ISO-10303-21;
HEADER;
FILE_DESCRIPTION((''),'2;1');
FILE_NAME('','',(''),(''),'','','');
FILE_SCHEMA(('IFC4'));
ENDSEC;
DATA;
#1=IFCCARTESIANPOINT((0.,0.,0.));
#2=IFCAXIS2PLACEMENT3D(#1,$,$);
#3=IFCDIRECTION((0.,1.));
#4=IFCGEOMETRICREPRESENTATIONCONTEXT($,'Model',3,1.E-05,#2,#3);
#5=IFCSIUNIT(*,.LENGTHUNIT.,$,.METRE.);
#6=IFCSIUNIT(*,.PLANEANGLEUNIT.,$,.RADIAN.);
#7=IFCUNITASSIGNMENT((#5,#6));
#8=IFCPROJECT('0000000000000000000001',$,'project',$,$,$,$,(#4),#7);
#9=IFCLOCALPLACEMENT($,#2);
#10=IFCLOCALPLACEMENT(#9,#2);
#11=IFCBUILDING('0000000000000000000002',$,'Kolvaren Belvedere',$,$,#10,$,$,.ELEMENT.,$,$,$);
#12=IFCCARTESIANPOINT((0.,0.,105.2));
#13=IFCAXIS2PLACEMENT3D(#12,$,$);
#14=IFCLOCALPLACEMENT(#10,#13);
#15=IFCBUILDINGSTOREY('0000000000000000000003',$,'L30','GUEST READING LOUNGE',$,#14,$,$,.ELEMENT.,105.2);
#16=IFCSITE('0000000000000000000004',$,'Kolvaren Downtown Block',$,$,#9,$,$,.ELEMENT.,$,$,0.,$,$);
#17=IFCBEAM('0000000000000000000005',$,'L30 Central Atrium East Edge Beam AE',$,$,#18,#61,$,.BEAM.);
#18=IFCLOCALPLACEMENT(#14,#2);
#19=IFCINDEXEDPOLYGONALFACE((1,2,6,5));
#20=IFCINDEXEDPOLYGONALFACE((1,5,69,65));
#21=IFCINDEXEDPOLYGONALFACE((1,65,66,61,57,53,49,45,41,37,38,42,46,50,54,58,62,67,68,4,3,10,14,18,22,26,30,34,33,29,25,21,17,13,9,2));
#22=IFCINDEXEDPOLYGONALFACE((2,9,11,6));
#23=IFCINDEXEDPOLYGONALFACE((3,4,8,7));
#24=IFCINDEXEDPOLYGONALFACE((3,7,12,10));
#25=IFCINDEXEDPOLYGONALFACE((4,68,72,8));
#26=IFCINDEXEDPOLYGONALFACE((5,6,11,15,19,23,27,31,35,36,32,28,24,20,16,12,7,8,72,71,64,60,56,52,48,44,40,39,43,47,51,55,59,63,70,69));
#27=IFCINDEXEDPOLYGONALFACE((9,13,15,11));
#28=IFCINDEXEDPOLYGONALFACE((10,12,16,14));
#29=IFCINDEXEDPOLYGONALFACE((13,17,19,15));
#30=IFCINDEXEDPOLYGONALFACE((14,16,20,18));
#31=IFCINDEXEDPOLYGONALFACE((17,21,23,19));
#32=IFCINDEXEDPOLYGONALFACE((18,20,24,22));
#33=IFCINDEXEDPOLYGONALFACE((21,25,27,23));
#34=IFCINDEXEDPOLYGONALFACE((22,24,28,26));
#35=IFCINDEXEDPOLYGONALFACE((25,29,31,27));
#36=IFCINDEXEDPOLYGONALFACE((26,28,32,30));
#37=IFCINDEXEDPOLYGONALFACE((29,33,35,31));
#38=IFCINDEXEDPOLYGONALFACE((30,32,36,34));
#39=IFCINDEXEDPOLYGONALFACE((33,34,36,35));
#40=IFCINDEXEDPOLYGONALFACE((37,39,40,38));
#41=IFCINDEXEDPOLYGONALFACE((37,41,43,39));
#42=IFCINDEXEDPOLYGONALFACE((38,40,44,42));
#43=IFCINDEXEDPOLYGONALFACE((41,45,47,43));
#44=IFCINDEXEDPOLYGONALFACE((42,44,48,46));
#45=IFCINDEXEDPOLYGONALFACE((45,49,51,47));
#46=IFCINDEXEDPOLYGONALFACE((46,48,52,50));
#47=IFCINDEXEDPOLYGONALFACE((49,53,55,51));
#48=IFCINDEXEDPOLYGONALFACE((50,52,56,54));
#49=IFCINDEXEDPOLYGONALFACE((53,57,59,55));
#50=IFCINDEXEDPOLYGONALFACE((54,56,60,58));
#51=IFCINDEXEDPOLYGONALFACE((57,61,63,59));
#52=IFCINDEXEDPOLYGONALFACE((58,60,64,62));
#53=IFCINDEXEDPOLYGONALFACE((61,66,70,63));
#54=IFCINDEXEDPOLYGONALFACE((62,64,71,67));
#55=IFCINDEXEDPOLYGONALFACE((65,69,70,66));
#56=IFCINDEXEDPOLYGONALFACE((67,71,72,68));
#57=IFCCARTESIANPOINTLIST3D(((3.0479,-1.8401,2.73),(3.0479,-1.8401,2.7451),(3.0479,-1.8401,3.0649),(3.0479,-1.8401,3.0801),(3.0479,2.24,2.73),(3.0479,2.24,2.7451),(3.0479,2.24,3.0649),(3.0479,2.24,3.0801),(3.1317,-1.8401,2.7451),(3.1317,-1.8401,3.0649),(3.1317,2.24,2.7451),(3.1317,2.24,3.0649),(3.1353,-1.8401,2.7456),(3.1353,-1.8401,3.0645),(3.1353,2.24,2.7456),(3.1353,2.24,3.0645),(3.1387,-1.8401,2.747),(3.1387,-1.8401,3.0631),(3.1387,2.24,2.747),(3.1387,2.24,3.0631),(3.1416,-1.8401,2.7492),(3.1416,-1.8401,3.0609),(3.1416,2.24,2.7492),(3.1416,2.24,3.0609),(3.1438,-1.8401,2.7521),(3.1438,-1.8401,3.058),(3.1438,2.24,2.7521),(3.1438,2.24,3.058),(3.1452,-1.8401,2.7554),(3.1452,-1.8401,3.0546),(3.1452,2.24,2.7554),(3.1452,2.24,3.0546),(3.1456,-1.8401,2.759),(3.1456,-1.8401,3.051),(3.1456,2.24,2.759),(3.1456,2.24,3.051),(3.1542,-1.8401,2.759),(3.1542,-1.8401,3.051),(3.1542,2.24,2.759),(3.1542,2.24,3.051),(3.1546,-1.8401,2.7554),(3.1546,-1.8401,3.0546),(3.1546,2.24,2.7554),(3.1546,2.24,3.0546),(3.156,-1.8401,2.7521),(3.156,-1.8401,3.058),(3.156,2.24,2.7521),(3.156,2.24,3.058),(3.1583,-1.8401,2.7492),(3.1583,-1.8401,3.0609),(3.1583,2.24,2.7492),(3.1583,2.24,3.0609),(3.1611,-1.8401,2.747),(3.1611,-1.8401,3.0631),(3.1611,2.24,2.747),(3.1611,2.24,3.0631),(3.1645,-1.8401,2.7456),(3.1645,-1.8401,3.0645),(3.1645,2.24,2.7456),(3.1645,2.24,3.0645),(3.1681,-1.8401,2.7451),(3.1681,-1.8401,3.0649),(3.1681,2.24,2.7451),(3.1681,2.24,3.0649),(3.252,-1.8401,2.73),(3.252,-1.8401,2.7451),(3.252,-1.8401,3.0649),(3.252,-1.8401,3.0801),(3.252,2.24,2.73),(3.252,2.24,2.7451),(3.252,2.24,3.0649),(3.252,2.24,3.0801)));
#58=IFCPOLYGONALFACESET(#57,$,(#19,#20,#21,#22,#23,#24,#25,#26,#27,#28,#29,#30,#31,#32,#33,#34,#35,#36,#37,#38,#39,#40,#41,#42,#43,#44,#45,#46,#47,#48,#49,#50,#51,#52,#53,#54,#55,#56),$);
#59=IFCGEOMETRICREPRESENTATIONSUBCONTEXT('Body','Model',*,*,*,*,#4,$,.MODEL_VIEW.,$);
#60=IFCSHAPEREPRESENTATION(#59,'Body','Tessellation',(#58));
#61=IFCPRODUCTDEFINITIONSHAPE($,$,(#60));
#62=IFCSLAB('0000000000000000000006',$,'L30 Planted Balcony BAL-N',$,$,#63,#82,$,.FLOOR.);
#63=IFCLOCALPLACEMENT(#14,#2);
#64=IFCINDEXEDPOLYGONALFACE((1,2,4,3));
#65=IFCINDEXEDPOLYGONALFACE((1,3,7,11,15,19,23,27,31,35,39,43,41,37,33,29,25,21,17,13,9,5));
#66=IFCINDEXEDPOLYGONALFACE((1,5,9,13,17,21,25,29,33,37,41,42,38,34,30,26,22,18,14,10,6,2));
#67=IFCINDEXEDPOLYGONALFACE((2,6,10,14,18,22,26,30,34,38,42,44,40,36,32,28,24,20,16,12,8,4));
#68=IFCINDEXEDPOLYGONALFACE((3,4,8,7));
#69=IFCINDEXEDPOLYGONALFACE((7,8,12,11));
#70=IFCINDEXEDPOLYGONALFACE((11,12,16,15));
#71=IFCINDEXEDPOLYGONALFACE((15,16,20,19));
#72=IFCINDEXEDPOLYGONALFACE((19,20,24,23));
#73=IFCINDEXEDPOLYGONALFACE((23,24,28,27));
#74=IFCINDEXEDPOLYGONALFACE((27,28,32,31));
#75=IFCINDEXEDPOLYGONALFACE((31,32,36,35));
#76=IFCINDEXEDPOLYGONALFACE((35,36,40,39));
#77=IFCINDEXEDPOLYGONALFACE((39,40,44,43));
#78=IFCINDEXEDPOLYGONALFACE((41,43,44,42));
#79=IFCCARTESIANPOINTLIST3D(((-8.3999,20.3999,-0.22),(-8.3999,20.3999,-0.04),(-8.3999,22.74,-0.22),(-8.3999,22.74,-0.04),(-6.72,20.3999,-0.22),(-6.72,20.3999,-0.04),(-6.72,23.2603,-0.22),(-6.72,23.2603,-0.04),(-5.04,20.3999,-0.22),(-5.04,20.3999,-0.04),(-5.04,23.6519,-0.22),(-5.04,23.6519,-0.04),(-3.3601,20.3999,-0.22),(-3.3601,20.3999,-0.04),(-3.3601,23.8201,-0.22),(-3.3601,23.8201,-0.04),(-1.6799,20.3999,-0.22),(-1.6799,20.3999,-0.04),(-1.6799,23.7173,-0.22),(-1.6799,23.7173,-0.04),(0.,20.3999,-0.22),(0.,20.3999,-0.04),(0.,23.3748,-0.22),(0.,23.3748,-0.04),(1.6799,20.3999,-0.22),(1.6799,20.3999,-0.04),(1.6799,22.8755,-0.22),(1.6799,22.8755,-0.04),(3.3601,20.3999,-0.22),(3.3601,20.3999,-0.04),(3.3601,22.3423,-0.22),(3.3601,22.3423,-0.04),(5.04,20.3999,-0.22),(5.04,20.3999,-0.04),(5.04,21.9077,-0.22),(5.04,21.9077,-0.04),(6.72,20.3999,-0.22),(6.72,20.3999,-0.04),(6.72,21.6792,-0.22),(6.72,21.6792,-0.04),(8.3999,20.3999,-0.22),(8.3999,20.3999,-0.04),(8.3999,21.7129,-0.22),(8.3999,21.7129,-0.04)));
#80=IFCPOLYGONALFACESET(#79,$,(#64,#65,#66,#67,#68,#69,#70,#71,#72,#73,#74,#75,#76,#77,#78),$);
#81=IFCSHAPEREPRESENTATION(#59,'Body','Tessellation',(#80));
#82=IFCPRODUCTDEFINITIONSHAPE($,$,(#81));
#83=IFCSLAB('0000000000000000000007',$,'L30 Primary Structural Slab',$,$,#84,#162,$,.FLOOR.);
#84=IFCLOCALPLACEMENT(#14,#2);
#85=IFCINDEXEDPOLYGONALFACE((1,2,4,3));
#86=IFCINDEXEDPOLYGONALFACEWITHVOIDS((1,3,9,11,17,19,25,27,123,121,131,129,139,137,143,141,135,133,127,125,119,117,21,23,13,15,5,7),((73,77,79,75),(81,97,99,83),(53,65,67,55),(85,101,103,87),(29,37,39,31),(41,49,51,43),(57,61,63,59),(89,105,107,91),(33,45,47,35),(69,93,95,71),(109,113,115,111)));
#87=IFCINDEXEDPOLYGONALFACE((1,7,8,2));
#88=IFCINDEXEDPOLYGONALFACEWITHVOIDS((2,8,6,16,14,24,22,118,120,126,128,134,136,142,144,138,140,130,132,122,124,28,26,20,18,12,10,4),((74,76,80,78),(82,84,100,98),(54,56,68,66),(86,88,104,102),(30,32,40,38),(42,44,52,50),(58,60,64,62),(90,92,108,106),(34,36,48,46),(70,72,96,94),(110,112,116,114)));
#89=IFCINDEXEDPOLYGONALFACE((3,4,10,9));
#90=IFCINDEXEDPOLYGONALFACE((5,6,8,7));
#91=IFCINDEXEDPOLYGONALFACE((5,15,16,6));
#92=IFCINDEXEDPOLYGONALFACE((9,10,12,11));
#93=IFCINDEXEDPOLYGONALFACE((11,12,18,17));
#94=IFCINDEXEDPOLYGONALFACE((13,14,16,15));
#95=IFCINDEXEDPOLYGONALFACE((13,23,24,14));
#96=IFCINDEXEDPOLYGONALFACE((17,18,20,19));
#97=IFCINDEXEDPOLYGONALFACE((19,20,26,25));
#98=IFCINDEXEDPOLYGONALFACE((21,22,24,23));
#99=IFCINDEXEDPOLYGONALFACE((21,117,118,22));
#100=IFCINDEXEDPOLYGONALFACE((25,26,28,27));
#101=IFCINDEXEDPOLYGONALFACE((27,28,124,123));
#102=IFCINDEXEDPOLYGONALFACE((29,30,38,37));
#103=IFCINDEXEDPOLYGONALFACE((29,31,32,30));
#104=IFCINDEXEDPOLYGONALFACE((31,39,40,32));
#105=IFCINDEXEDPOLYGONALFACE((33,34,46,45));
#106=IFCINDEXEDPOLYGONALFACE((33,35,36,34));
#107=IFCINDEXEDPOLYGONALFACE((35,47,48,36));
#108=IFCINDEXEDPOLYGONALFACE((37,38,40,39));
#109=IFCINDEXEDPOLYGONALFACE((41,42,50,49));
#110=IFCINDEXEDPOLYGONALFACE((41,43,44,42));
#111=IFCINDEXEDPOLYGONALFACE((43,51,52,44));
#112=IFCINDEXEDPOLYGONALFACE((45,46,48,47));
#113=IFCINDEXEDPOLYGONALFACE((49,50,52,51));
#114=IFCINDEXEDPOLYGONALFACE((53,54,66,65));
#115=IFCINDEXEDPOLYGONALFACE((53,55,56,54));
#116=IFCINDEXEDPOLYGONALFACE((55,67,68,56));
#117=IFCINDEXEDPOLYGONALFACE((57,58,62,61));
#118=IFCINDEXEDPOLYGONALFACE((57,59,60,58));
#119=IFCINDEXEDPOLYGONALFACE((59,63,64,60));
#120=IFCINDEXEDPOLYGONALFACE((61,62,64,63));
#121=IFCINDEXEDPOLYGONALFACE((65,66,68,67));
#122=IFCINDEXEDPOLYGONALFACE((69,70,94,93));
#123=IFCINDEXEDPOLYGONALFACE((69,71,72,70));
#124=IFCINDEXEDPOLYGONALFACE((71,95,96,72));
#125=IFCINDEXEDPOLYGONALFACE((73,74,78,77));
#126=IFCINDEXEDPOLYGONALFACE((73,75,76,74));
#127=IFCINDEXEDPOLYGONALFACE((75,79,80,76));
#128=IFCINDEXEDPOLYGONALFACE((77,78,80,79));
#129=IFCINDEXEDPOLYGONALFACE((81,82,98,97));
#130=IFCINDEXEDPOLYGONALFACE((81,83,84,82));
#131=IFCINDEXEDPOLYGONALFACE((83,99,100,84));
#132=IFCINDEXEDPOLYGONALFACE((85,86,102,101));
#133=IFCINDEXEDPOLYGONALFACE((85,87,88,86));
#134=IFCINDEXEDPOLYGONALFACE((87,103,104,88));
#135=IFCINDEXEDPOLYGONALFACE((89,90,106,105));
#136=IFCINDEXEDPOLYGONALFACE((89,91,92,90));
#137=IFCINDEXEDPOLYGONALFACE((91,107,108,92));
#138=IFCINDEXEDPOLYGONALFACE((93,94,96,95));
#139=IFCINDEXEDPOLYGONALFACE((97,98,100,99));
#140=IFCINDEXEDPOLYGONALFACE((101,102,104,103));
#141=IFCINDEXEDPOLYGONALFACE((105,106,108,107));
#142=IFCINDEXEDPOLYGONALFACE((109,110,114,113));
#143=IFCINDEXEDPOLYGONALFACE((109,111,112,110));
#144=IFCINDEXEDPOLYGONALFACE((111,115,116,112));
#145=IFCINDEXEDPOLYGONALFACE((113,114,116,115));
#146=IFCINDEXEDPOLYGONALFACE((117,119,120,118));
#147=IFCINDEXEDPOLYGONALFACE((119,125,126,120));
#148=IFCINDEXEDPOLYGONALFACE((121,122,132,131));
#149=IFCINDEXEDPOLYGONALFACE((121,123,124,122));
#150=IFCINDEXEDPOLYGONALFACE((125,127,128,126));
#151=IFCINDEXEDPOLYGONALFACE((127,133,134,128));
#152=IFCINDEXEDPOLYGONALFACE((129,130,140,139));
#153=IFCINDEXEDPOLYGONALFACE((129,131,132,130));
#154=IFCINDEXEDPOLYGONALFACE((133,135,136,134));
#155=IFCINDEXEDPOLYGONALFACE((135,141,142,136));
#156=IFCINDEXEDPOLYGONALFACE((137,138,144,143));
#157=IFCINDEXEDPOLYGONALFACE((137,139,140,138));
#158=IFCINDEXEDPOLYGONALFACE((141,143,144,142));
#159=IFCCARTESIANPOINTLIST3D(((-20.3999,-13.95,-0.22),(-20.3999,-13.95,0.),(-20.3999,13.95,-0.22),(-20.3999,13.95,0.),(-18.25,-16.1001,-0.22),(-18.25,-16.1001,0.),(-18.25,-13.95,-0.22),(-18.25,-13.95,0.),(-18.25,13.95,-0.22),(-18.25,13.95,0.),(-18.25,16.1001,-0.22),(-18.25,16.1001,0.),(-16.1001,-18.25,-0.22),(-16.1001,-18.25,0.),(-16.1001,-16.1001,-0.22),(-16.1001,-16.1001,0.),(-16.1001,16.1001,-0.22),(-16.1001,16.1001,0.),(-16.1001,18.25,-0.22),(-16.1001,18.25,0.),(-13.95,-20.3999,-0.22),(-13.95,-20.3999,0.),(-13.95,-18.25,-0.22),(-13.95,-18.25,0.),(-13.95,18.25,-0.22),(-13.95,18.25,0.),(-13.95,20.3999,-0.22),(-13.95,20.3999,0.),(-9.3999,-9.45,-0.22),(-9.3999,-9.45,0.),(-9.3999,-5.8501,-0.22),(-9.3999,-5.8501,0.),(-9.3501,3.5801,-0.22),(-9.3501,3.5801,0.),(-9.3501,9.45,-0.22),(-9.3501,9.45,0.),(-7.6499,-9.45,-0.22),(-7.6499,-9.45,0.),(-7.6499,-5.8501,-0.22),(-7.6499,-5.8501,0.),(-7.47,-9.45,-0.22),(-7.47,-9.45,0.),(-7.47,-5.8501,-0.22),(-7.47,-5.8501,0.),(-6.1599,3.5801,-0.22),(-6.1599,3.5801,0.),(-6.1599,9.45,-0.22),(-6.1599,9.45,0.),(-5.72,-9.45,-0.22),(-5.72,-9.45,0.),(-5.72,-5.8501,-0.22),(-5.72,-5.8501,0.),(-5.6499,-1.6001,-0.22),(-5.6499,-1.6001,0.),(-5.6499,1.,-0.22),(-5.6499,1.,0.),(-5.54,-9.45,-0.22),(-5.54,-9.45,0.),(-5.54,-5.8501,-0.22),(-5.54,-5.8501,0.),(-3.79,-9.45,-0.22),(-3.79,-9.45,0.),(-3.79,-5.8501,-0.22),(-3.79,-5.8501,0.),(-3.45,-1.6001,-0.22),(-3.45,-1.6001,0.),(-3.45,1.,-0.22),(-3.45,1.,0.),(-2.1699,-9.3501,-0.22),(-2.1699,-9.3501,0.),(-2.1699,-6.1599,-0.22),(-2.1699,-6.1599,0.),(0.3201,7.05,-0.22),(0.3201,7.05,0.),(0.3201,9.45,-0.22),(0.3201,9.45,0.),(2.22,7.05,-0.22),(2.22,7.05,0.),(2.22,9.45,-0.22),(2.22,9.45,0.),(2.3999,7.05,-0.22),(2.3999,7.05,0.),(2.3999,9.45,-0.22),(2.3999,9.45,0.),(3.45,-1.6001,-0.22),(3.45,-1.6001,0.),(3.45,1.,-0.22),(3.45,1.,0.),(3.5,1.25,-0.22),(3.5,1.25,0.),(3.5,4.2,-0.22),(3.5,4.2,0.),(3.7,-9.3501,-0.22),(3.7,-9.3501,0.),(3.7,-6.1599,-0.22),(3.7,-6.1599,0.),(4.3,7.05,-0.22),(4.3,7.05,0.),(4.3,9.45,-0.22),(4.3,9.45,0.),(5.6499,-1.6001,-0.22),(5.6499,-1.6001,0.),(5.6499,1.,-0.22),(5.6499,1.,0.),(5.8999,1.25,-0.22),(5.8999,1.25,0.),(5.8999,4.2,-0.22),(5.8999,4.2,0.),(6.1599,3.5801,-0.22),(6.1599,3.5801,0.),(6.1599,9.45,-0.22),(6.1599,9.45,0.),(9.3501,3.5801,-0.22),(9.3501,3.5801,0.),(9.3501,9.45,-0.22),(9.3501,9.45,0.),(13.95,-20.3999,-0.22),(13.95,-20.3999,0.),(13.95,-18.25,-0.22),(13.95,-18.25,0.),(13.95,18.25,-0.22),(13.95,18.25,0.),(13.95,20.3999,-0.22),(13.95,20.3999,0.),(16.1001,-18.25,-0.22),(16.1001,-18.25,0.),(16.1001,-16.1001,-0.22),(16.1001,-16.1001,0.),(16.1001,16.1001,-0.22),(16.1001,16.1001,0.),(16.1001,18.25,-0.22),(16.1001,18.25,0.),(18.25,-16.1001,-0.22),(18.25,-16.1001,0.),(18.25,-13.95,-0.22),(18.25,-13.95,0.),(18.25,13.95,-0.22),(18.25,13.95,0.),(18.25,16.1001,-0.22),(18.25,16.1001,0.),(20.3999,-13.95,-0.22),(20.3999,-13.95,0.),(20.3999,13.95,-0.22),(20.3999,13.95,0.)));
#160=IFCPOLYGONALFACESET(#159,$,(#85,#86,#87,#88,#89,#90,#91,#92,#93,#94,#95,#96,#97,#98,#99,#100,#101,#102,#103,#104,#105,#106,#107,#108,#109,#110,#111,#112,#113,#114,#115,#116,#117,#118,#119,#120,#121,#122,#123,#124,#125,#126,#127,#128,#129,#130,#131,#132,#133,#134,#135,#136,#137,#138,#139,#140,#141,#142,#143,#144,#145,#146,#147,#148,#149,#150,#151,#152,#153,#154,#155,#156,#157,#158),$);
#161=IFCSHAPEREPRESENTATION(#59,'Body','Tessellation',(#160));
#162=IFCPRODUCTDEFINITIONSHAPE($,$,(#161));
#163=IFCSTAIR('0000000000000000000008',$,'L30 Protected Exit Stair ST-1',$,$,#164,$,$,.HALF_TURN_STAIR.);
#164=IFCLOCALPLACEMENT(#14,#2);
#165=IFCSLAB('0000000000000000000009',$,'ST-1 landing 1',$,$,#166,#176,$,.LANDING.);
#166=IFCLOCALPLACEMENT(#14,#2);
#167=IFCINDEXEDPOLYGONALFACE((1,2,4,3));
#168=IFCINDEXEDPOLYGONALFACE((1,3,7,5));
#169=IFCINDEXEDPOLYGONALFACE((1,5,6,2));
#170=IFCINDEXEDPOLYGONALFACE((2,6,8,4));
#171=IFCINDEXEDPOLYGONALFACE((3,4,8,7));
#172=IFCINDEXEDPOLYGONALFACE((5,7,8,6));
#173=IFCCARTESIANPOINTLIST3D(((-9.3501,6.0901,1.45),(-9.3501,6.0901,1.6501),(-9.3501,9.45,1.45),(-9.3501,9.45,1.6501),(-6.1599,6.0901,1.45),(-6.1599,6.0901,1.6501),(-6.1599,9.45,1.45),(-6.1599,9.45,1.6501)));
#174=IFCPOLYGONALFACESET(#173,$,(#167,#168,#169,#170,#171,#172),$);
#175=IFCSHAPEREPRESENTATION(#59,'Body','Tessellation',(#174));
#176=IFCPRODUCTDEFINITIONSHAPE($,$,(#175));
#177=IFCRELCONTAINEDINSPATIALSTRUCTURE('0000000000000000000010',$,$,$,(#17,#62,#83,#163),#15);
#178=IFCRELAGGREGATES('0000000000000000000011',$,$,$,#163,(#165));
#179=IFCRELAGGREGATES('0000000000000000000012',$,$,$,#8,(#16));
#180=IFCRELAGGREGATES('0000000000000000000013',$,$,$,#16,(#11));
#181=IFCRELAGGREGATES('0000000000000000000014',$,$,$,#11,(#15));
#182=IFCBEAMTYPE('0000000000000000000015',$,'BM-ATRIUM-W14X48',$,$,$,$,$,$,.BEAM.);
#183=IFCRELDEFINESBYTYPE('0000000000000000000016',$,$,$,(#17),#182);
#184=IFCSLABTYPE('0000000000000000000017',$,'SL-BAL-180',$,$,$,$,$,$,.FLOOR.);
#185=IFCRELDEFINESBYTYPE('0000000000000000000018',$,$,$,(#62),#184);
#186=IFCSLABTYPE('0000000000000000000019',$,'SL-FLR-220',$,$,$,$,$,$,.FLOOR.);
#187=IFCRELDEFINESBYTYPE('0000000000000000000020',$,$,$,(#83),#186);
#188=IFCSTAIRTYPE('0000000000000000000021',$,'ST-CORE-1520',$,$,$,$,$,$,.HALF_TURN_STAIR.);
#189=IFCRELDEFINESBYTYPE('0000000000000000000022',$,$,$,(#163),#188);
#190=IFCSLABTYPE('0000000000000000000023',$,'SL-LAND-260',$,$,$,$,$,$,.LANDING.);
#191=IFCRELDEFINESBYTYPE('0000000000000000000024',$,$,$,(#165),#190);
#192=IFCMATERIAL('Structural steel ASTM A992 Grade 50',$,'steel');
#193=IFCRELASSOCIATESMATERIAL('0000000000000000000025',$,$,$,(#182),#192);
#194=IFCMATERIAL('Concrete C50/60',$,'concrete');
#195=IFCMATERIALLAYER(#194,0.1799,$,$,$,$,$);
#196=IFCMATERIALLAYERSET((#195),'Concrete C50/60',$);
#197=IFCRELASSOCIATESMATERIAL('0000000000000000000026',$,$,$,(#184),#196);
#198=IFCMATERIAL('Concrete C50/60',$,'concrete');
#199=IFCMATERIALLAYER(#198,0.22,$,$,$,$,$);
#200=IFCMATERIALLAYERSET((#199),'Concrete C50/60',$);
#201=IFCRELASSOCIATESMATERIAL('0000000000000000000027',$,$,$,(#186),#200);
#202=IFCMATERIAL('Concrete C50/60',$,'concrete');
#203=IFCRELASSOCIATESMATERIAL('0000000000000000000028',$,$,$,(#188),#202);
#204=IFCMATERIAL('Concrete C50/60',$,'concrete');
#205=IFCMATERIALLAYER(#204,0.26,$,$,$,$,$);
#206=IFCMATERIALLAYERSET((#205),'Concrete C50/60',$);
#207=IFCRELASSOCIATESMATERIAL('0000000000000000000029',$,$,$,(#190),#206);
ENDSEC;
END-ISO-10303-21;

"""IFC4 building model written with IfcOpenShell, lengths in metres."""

from ifc_helpers import new_model, si_unit, direction, frame, origin, origin_2d, place, context, subcontext, project, spatial, polyline, i_section, outline, extrude, material, layer, layer_set, material_profile, profile_set, type_object, element, aggregate, save


model = new_model("IFC4")

# Units and contexts
model_context = context("Model", 3, precision=1e-05, world=origin(), true_north=direction((0.0, 1.0)))
body_context = subcontext(model_context, "Body", "Model", "MODEL_VIEW")
ifc_project = project(units=[si_unit("LENGTHUNIT", "METRE"), si_unit("PLANEANGLEUNIT", "RADIAN")], contexts=[model_context])

# Site, building, storey
site_placement = place(None, origin())
site = spatial("IfcSite", under=ifc_project, at=site_placement, Name="Kolvaren Downtown Block", CompositionType="ELEMENT", RefElevation=0.0)
building_placement = place(site_placement, origin())
building = spatial("IfcBuilding", under=site, at=building_placement, Name="Kolvaren Belvedere", CompositionType="ELEMENT")
storey_placement = place(building_placement, frame((0.0, 0.0, 105.2)))
storey = spatial("IfcBuildingStorey", under=building, at=storey_placement, Name="L30", Description="GUEST READING LOUNGE", CompositionType="ELEMENT", Elevation=105.2)

# Beam
ifc_material_1 = material(Name="Structural steel ASTM A992 Grade 50", Category="steel")
ifc_material_profile = material_profile(ifc_material_1, i_section(OverallWidth=0.2041, OverallDepth=0.3501, WebThickness=0.0085, FlangeThickness=0.0151, FilletRadius=0.0139, at=origin_2d()), Name="W14X48")
ifc_profile_set = profile_set([ifc_material_profile], Name="Structural steel ASTM A992 Grade 50")
beam_type = type_object("IfcBeamType", Name="BM-ATRIUM-W14X48", PredefinedType="BEAM", material=ifc_profile_set)
beam_placement = place(storey_placement, frame((3.1499, -1.8401, 2.905), z_axis=(0.0, 1.0, 0.0), x_axis=(-1.0, 0.0, 0.0)))
element("IfcBeam", 1, at=beam_placement, inside=storey, type_object=beam_type, Name="L30 Central Atrium East Edge Beam AE", PredefinedType="BEAM", context=body_context, shape_type="SweptSolid", body=[
    extrude(i_section(OverallWidth=0.2041, OverallDepth=0.3501, WebThickness=0.0085, FlangeThickness=0.0151, FilletRadius=0.0139, at=origin_2d()), origin(), (0.0, 0.0, 1.0), 4.0801),
])

# Slabs
ifc_material_2 = material(Name="Concrete C50/60", Category="concrete")
ifc_layer_1 = layer(ifc_material_2, 0.1799)
ifc_layer_set_1 = layer_set([ifc_layer_1], Name="Concrete C50/60")
slab_type_1 = type_object("IfcSlabType", Name="SL-BAL-180", PredefinedType="FLOOR", material=ifc_layer_set_1)
slab_1_placement = place(storey_placement, frame((0.0, 0.0, -0.22)))
element("IfcSlab", 2, at=slab_1_placement, inside=storey, type_object=slab_type_1, Name="L30 Planted Balcony BAL-N", PredefinedType="FLOOR", context=body_context, shape_type="SweptSolid", body=[
    extrude(outline(polyline([(-8.3999, 20.3999), (-6.72, 20.3999), (-5.04, 20.3999), (-3.3601, 20.3999), (-1.6799, 20.3999), (0.0, 20.3999), (1.6799, 20.3999), (3.3601, 20.3999), (5.04, 20.3999), (6.72, 20.3999), (8.3999, 20.3999), (8.3999, 21.7129), (6.72, 21.6792), (5.04, 21.9077), (3.3601, 22.3423), (1.6799, 22.8755), (0.0, 23.3748), (-1.6799, 23.7173), (-3.3601, 23.8201), (-5.04, 23.6519), (-6.72, 23.2603), (-8.3999, 22.74), (-8.3999, 20.3999)])), origin(), (0.0, 0.0, 1.0), 0.1799),
])
ifc_material_3 = material(Name="Concrete C50/60", Category="concrete")
ifc_layer_2 = layer(ifc_material_3, 0.22)
ifc_layer_set_2 = layer_set([ifc_layer_2], Name="Concrete C50/60")
slab_type_2 = type_object("IfcSlabType", Name="SL-FLR-220", PredefinedType="FLOOR", material=ifc_layer_set_2)
slab_2_placement = place(storey_placement, frame((0.0, 0.0, -0.22)))
element("IfcSlab", 3, at=slab_2_placement, inside=storey, type_object=slab_type_2, Name="L30 Primary Structural Slab", PredefinedType="FLOOR", context=body_context, shape_type="SweptSolid", body=[
    extrude(outline(polyline([(-13.95, -20.3999), (13.95, -20.3999), (13.95, -18.25), (16.1001, -18.25), (16.1001, -16.1001), (18.25, -16.1001), (18.25, -13.95), (20.3999, -13.95), (20.3999, 13.95), (18.25, 13.95), (18.25, 16.1001), (16.1001, 16.1001), (16.1001, 18.25), (13.95, 18.25), (13.95, 20.3999), (-13.95, 20.3999), (-13.95, 18.25), (-16.1001, 18.25), (-16.1001, 16.1001), (-18.25, 16.1001), (-18.25, 13.95), (-20.3999, 13.95), (-20.3999, -13.95), (-18.25, -13.95), (-18.25, -16.1001), (-16.1001, -16.1001), (-16.1001, -18.25), (-13.95, -18.25), (-13.95, -20.3999)]), holes=[polyline([(-9.3501, 3.5801), (-6.1599, 3.5801), (-6.1599, 9.45), (-9.3501, 9.45), (-9.3501, 3.5801)]), polyline([(6.1599, 3.5801), (9.3501, 3.5801), (9.3501, 9.45), (6.1599, 9.45), (6.1599, 3.5801)]), polyline([(-2.1699, -9.3501), (3.7, -9.3501), (3.7, -6.1599), (-2.1699, -6.1599), (-2.1699, -9.3501)]), polyline([(-5.6499, -1.6001), (-3.45, -1.6001), (-3.45, 1.0), (-5.6499, 1.0), (-5.6499, -1.6001)]), polyline([(3.5, 1.25), (5.8999, 1.25), (5.8999, 4.2), (3.5, 4.2), (3.5, 1.25)]), polyline([(3.45, -1.6001), (5.6499, -1.6001), (5.6499, 1.0), (3.45, 1.0), (3.45, -1.6001)]), polyline([(-9.3999, -9.45), (-7.6499, -9.45), (-7.6499, -5.8501), (-9.3999, -5.8501), (-9.3999, -9.45)]), polyline([(-7.47, -9.45), (-5.72, -9.45), (-5.72, -5.8501), (-7.47, -5.8501), (-7.47, -9.45)]), polyline([(-5.54, -9.45), (-3.79, -9.45), (-3.79, -5.8501), (-5.54, -5.8501), (-5.54, -9.45)]), polyline([(0.3201, 7.05), (2.22, 7.05), (2.22, 9.45), (0.3201, 9.45), (0.3201, 7.05)]), polyline([(2.3999, 7.05), (4.3, 7.05), (4.3, 9.45), (2.3999, 9.45), (2.3999, 7.05)])]), origin(), (0.0, 0.0, 1.0), 0.22),
])

# Stair, slab
ifc_material_4 = material(Name="Concrete C50/60", Category="concrete")
stair_type = type_object("IfcStairType", Name="ST-CORE-1520", PredefinedType="HALF_TURN_STAIR", material=ifc_material_4)
stair_1_placement = place(storey_placement, origin())
stair_1 = element("IfcStair", 4, at=stair_1_placement, inside=storey, type_object=stair_type, Name="L30 Protected Exit Stair ST-1", PredefinedType="HALF_TURN_STAIR")
ifc_material_5 = material(Name="Concrete C50/60", Category="concrete")
ifc_layer_3 = layer(ifc_material_5, 0.26)
ifc_layer_set_3 = layer_set([ifc_layer_3], Name="Concrete C50/60")
slab_type_3 = type_object("IfcSlabType", Name="SL-LAND-260", PredefinedType="LANDING", material=ifc_layer_set_3)
slab_3_placement = place(storey_placement, frame((0.0, 0.0, 1.45)))
slab_3 = element("IfcSlab", 5, at=slab_3_placement, type_object=slab_type_3, Name="ST-1 landing 1", PredefinedType="LANDING", context=body_context, shape_type="SweptSolid", body=[
    extrude(outline(polyline([(-6.1599, 6.0901), (-6.1599, 9.45), (-9.3501, 9.45), (-9.3501, 6.0901), (-6.1599, 6.0901)])), origin(), (0.0, 0.0, 1.0), 0.2002),
])
aggregate(stair_1, [slab_3])

save(model, "model.ifc")
